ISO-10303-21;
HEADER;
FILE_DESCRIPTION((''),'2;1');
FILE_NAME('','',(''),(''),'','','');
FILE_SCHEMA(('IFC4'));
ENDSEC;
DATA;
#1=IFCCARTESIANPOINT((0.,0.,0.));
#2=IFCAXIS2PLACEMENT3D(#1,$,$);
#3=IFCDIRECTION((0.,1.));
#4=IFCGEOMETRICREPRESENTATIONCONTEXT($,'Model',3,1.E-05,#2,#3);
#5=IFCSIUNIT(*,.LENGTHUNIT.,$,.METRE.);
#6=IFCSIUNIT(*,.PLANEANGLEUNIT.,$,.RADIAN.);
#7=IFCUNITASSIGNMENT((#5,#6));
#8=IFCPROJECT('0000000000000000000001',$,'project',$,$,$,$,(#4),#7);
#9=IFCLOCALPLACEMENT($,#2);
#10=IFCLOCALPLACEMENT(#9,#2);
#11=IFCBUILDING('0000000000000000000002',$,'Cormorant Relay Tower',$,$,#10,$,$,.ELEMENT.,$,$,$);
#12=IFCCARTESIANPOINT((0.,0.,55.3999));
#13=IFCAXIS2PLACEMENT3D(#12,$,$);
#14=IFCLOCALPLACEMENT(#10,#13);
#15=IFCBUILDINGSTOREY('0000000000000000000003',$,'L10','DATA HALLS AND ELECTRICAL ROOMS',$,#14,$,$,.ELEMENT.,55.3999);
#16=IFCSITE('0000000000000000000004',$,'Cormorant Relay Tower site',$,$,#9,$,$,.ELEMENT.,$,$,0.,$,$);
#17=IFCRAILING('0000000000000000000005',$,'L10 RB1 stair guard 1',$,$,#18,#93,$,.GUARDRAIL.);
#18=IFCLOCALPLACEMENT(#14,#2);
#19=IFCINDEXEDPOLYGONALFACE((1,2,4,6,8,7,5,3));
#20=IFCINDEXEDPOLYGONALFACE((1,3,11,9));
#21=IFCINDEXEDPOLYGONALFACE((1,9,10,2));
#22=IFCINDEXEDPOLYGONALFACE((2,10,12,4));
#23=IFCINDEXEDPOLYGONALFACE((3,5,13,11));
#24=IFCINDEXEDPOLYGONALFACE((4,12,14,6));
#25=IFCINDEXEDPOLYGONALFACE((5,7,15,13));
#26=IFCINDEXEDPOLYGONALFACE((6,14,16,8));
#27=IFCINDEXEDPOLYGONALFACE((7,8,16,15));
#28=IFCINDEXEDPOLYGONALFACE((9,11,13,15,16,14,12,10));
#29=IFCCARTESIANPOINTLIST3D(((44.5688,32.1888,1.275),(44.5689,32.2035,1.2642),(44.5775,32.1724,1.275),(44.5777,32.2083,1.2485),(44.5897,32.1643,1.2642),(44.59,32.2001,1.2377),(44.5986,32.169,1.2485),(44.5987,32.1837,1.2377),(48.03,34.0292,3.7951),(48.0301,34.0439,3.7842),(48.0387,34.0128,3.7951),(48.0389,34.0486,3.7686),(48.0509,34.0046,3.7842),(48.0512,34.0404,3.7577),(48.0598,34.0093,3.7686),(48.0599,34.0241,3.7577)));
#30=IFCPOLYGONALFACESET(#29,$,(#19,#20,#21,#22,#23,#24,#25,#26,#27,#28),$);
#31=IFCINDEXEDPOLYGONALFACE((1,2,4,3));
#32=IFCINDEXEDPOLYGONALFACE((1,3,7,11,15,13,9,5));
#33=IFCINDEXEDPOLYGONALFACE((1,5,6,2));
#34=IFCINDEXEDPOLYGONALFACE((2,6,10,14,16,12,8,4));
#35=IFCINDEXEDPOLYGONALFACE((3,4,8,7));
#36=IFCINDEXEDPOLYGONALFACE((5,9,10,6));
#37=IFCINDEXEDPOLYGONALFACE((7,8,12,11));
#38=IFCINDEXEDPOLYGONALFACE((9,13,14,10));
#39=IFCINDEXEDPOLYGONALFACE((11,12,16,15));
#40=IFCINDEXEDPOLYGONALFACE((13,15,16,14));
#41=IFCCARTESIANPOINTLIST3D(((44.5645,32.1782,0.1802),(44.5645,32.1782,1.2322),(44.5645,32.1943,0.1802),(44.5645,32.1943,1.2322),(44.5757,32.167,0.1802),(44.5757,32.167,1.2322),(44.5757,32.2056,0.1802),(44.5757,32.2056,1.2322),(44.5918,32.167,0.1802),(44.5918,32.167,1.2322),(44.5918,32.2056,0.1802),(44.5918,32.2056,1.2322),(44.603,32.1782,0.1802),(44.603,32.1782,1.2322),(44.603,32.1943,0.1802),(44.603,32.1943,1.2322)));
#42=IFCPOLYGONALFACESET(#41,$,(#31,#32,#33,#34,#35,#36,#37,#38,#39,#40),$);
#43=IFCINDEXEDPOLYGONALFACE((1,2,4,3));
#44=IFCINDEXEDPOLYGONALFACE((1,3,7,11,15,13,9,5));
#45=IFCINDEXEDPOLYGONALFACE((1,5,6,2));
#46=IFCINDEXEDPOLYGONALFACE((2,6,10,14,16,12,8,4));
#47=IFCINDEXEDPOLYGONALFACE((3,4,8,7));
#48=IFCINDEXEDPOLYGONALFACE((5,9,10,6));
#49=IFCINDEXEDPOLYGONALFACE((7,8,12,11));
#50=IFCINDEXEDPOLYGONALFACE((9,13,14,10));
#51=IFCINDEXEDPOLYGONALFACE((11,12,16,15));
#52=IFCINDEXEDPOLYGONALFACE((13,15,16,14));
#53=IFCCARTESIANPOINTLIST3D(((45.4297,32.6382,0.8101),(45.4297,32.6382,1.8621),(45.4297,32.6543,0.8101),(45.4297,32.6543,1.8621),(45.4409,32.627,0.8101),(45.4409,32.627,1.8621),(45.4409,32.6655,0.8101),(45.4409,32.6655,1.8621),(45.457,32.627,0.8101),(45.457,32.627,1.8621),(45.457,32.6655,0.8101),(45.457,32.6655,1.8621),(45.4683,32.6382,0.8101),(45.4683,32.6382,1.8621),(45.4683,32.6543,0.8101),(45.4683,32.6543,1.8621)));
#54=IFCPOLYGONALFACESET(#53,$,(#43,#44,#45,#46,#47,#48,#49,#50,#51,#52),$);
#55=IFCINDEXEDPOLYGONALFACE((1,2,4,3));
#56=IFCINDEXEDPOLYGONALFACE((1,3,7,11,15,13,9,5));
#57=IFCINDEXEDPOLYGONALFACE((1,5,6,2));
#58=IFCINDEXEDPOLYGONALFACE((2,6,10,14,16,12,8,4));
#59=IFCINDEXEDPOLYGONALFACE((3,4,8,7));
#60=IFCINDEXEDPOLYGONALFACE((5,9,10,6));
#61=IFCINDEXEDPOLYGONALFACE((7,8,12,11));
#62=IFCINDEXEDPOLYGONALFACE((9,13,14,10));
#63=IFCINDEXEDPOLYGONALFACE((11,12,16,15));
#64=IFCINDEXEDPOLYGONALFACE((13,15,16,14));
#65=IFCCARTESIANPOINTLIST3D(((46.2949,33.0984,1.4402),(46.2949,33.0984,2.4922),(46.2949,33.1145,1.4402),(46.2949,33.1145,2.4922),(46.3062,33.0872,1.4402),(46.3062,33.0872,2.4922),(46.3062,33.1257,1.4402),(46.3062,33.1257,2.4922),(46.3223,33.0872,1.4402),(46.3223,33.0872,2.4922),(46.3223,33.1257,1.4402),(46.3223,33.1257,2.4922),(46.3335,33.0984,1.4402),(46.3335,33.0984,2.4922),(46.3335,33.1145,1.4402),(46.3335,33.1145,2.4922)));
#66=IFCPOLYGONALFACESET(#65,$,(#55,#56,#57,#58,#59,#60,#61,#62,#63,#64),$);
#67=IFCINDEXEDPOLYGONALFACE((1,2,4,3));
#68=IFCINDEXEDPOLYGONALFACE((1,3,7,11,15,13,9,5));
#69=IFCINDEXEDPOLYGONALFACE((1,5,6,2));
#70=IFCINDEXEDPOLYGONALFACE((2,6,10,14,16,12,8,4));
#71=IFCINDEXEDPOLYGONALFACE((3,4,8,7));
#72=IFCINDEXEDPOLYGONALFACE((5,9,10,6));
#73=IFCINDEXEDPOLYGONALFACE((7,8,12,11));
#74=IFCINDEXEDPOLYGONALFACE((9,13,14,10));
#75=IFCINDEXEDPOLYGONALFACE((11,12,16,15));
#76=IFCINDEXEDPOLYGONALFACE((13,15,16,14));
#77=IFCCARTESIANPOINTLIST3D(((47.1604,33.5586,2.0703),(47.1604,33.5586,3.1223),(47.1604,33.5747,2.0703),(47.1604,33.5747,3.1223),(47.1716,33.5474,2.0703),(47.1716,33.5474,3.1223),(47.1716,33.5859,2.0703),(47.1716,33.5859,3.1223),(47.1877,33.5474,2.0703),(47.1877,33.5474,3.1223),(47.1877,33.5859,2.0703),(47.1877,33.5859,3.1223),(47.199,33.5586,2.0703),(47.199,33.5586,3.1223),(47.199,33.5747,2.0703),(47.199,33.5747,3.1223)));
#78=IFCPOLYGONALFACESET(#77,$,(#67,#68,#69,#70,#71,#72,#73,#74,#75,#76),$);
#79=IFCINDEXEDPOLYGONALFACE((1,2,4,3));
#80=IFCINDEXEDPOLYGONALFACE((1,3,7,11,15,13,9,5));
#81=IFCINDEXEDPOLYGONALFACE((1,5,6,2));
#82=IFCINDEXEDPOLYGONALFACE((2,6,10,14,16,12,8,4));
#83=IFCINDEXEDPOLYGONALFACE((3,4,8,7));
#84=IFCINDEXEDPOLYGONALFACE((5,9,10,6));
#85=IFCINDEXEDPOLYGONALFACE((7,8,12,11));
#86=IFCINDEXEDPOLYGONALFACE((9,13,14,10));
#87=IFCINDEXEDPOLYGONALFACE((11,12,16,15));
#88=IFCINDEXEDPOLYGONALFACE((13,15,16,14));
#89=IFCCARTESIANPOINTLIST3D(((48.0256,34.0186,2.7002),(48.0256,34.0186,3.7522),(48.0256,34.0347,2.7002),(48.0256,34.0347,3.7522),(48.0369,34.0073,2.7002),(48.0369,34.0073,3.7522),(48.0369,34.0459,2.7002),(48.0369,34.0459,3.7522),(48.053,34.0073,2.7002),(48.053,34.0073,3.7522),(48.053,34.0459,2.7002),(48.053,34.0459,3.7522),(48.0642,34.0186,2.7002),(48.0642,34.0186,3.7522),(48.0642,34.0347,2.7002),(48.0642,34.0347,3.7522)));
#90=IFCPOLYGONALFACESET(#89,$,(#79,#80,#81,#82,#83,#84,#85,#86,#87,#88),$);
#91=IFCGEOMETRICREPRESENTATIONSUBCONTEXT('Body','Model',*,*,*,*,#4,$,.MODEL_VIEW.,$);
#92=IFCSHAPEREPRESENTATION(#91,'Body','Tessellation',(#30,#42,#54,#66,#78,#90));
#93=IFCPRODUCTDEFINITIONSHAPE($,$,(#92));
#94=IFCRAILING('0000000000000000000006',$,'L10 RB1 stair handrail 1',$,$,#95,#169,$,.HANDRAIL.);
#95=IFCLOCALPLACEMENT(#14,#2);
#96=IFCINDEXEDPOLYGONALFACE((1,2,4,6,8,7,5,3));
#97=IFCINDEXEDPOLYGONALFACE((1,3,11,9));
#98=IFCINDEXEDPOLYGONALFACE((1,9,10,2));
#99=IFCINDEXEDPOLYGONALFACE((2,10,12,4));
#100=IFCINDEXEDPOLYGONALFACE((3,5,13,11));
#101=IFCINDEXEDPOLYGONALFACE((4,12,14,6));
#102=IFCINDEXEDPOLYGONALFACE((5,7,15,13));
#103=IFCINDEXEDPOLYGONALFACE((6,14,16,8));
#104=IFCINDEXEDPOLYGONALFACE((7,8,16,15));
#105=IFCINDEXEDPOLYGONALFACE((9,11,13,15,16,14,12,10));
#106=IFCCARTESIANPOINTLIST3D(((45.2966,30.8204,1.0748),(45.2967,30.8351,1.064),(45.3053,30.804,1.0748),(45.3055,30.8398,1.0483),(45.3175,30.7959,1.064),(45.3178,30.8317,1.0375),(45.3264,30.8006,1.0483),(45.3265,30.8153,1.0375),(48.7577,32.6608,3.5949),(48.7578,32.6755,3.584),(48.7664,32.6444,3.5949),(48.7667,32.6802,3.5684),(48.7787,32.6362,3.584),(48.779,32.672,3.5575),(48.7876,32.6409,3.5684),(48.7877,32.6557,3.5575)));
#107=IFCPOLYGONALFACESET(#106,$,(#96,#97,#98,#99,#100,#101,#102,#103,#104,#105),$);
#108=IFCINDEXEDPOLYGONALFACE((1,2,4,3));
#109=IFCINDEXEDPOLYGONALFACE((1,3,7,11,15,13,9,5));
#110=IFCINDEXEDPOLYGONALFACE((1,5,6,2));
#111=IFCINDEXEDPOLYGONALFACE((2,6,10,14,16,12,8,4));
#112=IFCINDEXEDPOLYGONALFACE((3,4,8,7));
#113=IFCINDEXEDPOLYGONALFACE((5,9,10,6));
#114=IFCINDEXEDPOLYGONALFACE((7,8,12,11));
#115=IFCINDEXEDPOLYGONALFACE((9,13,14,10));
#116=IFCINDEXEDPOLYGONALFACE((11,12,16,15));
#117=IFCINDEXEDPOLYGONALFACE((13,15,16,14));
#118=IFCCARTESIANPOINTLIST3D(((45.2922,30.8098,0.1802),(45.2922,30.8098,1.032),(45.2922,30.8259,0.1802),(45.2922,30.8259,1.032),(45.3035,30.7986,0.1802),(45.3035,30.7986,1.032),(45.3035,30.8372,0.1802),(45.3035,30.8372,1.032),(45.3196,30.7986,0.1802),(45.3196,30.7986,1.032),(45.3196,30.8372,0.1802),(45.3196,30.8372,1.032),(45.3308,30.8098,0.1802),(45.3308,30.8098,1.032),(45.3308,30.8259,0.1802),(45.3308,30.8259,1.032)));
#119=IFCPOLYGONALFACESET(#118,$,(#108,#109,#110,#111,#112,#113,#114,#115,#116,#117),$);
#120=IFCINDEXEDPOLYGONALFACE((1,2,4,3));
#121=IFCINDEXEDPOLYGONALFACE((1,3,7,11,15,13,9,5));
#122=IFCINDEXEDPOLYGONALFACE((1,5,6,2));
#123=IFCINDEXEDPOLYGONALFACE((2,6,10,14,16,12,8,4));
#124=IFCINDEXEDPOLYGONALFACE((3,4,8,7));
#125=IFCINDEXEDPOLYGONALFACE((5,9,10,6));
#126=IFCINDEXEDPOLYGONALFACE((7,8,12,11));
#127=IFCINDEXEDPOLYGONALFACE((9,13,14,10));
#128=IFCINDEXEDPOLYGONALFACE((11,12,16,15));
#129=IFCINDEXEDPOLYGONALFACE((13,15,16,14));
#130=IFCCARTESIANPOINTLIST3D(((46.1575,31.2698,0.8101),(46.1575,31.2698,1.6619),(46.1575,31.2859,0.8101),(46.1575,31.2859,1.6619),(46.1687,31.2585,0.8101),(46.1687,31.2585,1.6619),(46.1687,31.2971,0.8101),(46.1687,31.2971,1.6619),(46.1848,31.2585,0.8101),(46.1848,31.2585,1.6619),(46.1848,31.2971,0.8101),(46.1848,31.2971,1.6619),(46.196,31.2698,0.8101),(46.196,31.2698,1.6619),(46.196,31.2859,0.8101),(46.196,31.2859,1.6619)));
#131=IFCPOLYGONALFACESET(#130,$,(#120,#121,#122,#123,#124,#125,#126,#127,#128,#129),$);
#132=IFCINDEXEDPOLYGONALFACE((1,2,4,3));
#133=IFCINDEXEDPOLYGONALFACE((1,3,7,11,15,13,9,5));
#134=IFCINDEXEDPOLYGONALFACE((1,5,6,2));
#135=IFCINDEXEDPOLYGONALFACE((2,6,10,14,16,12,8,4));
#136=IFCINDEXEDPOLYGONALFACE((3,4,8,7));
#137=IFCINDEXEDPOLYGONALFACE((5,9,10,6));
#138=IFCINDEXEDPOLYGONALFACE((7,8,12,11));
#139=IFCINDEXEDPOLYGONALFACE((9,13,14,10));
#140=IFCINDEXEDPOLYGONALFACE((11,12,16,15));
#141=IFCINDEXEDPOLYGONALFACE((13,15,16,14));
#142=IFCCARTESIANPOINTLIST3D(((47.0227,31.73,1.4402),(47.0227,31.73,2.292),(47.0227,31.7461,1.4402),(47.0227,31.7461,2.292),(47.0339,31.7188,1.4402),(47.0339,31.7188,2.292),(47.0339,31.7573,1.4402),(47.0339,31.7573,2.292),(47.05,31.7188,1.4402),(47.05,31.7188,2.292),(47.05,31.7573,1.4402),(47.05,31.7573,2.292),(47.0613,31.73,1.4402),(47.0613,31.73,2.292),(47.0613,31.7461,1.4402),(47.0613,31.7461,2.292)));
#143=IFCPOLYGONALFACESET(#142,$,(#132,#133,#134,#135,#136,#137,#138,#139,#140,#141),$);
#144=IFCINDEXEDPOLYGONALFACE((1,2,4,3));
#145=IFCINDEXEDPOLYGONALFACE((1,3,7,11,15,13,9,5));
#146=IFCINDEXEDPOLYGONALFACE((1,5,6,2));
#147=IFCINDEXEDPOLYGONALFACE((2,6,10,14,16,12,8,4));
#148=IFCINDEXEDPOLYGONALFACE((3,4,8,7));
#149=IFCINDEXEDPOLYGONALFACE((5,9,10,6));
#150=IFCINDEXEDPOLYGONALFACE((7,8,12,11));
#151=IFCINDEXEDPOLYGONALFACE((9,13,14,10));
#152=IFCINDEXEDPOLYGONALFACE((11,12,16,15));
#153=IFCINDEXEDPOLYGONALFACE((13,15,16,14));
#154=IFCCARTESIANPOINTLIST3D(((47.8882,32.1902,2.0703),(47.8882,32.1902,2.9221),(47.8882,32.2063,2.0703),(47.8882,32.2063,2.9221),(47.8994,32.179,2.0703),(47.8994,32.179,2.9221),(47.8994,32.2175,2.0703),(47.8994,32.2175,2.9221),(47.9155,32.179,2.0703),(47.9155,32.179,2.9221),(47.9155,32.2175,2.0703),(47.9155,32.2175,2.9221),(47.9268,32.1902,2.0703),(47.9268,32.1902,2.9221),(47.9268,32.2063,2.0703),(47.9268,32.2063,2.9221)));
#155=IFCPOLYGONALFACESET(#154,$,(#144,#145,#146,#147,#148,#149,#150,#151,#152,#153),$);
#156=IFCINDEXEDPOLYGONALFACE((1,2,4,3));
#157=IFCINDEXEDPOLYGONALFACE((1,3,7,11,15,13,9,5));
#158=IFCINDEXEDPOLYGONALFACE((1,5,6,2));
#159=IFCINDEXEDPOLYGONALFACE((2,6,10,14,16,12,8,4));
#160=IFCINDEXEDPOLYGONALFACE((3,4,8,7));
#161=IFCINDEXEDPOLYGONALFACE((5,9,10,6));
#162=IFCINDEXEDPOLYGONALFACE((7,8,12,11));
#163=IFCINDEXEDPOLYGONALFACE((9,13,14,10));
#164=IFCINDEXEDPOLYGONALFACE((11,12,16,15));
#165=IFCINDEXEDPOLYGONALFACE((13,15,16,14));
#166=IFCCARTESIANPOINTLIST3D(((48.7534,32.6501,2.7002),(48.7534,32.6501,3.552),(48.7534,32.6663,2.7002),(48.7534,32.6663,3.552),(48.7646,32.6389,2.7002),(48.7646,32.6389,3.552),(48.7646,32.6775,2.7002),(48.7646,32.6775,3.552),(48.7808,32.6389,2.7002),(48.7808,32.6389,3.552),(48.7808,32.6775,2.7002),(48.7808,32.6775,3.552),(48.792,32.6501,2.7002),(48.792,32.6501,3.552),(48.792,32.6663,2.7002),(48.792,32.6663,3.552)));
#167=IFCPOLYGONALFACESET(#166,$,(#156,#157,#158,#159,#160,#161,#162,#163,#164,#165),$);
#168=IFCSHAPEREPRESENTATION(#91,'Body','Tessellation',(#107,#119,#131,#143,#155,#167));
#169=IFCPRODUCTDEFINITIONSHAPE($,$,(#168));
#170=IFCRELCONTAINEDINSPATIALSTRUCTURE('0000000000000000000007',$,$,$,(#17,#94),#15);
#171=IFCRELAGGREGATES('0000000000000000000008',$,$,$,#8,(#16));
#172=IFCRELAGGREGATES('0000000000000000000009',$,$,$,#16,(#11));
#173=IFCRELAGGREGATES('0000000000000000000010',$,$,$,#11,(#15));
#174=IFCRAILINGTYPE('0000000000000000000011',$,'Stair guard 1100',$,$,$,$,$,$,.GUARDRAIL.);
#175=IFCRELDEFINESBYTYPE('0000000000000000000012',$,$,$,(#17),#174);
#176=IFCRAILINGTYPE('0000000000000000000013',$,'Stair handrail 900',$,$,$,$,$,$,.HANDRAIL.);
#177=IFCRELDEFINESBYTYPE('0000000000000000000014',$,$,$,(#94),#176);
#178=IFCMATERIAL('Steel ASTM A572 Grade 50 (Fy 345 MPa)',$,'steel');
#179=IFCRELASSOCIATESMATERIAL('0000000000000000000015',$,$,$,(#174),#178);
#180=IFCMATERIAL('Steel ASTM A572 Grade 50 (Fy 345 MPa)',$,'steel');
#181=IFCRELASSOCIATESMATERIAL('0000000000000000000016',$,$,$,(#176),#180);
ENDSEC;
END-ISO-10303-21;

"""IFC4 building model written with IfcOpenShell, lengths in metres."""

from ifc_helpers import new_model, si_unit, direction, frame, origin, place, context, subcontext, project, spatial, polyline, outline, extrude, material, type_object, element, save


model = new_model("IFC4")

# Units and contexts
model_context = context("Model", 3, precision=1e-05, world=origin(), true_north=direction((0.0, 1.0)))
body_context = subcontext(model_context, "Body", "Model", "MODEL_VIEW")
ifc_project = project(units=[si_unit("LENGTHUNIT", "METRE"), si_unit("PLANEANGLEUNIT", "RADIAN")], contexts=[model_context])

# Site, building, storey
site_placement = place(None, origin())
site = spatial("IfcSite", under=ifc_project, at=site_placement, Name="Cormorant Relay Tower site", CompositionType="ELEMENT", RefElevation=0.0)
building_placement = place(site_placement, origin())
building = spatial("IfcBuilding", under=site, at=building_placement, Name="Cormorant Relay Tower", CompositionType="ELEMENT")
storey_placement = place(building_placement, frame((0.0, 0.0, 55.3999)))
storey = spatial("IfcBuildingStorey", under=building, at=storey_placement, Name="L10", Description="DATA HALLS AND ELECTRICAL ROOMS", CompositionType="ELEMENT", Elevation=55.3999)

# Railings
ifc_material_1 = material(Name="Steel ASTM A572 Grade 50 (Fy 345 MPa)", Category="steel")
railing_type_1 = type_object("IfcRailingType", Name="Stair guard 1100", PredefinedType="GUARDRAIL", material=ifc_material_1)
railing_1_placement = place(storey_placement, frame((44.5837, 32.1863, 0.1802)))
element("IfcRailing", 1, at=railing_1_placement, inside=storey, type_object=railing_type_1, Name="L10 RB1 stair guard 1", PredefinedType="GUARDRAIL", context=body_context, shape_type="SweptSolid", body=[
    extrude(outline(polyline([(0.0222, 0.0093), (0.0093, 0.0222), (-0.0093, 0.0222), (-0.0222, 0.0093), (-0.0222, -0.0093), (-0.0093, -0.0222), (0.0093, -0.0222), (0.0222, -0.0093), (0.0222, 0.0093)])), frame((0.0, 0.0, 1.0762), z_axis=(0.742717, 0.394907, 0.540758), x_axis=(-0.469469, 0.882949, 0.0)), (0.0, 0.0, 1.0), 4.6602),
    extrude(outline(polyline([(0.0193, 0.0081), (0.0081, 0.0193), (-0.0081, 0.0193), (-0.0193, 0.0081), (-0.0193, -0.0081), (-0.0081, -0.0193), (0.0081, -0.0193), (0.0193, -0.0081), (0.0193, 0.0081)])), origin(), (0.0, 0.0, 1.0), 1.052),
    extrude(outline(polyline([(0.0193, 0.0081), (0.0081, 0.0193), (-0.0081, 0.0193), (-0.0193, 0.0081), (-0.0193, -0.0081), (-0.0081, -0.0193), (0.0081, -0.0193), (0.0193, -0.0081), (0.0193, 0.0081)])), frame((0.8652, 0.46, 0.6299)), (0.0, 0.0, 1.0), 1.052),
    extrude(outline(polyline([(0.0193, 0.0081), (0.0081, 0.0193), (-0.0081, 0.0193), (-0.0193, 0.0081), (-0.0193, -0.0081), (-0.0081, -0.0193), (0.0081, -0.0193), (0.0193, -0.0081), (0.0193, 0.0081)])), frame((1.7305, 0.9202, 1.26)), (0.0, 0.0, 1.0), 1.052),
    extrude(outline(polyline([(0.0193, 0.0081), (0.0081, 0.0193), (-0.0081, 0.0193), (-0.0193, 0.0081), (-0.0193, -0.0081), (-0.0081, -0.0193), (0.0081, -0.0193), (0.0193, -0.0081), (0.0193, 0.0081)])), frame((2.5959, 1.3804, 1.8901)), (0.0, 0.0, 1.0), 1.052),
    extrude(outline(polyline([(0.0193, 0.0081), (0.0081, 0.0193), (-0.0081, 0.0193), (-0.0193, 0.0081), (-0.0193, -0.0081), (-0.0081, -0.0193), (0.0081, -0.0193), (0.0193, -0.0081), (0.0193, 0.0081)])), frame((3.4612, 1.8403, 2.52)), (0.0, 0.0, 1.0), 1.052),
])
ifc_material_2 = material(Name="Steel ASTM A572 Grade 50 (Fy 345 MPa)", Category="steel")
railing_type_2 = type_object("IfcRailingType", Name="Stair handrail 900", PredefinedType="HANDRAIL", material=ifc_material_2)
railing_2_placement = place(storey_placement, frame((45.3115, 30.8179, 0.1802)))
element("IfcRailing", 2, at=railing_2_placement, inside=storey, type_object=railing_type_2, Name="L10 RB1 stair handrail 1", PredefinedType="HANDRAIL", context=body_context, shape_type="SweptSolid", body=[
    extrude(outline(polyline([(0.0222, 0.0093), (0.0093, 0.0222), (-0.0093, 0.0222), (-0.0222, 0.0093), (-0.0222, -0.0093), (-0.0093, -0.0222), (0.0093, -0.0222), (0.0222, -0.0093), (0.0222, 0.0093)])), frame((0.0, 0.0, 0.876), z_axis=(0.742717, 0.394907, 0.540758), x_axis=(-0.469469, 0.882949, 0.0)), (0.0, 0.0, 1.0), 4.6602),
    extrude(outline(polyline([(0.0193, 0.0081), (0.0081, 0.0193), (-0.0081, 0.0193), (-0.0193, 0.0081), (-0.0193, -0.0081), (-0.0081, -0.0193), (0.0081, -0.0193), (0.0193, -0.0081), (0.0193, 0.0081)])), origin(), (0.0, 0.0, 1.0), 0.8518),
    extrude(outline(polyline([(0.0193, 0.0081), (0.0081, 0.0193), (-0.0081, 0.0193), (-0.0193, 0.0081), (-0.0193, -0.0081), (-0.0081, -0.0193), (0.0081, -0.0193), (0.0193, -0.0081), (0.0193, 0.0081)])), frame((0.8652, 0.46, 0.6299)), (0.0, 0.0, 1.0), 0.8518),
    extrude(outline(polyline([(0.0193, 0.0081), (0.0081, 0.0193), (-0.0081, 0.0193), (-0.0193, 0.0081), (-0.0193, -0.0081), (-0.0081, -0.0193), (0.0081, -0.0193), (0.0193, -0.0081), (0.0193, 0.0081)])), frame((1.7305, 0.9202, 1.26)), (0.0, 0.0, 1.0), 0.8518),
    extrude(outline(polyline([(0.0193, 0.0081), (0.0081, 0.0193), (-0.0081, 0.0193), (-0.0193, 0.0081), (-0.0193, -0.0081), (-0.0081, -0.0193), (0.0081, -0.0193), (0.0193, -0.0081), (0.0193, 0.0081)])), frame((2.5959, 1.3804, 1.8901)), (0.0, 0.0, 1.0), 0.8518),
    extrude(outline(polyline([(0.0193, 0.0081), (0.0081, 0.0193), (-0.0081, 0.0193), (-0.0193, 0.0081), (-0.0193, -0.0081), (-0.0081, -0.0193), (0.0081, -0.0193), (0.0193, -0.0081), (0.0193, 0.0081)])), frame((3.4612, 1.8403, 2.52)), (0.0, 0.0, 1.0), 0.8518),
])

save(model, "model.ifc")
